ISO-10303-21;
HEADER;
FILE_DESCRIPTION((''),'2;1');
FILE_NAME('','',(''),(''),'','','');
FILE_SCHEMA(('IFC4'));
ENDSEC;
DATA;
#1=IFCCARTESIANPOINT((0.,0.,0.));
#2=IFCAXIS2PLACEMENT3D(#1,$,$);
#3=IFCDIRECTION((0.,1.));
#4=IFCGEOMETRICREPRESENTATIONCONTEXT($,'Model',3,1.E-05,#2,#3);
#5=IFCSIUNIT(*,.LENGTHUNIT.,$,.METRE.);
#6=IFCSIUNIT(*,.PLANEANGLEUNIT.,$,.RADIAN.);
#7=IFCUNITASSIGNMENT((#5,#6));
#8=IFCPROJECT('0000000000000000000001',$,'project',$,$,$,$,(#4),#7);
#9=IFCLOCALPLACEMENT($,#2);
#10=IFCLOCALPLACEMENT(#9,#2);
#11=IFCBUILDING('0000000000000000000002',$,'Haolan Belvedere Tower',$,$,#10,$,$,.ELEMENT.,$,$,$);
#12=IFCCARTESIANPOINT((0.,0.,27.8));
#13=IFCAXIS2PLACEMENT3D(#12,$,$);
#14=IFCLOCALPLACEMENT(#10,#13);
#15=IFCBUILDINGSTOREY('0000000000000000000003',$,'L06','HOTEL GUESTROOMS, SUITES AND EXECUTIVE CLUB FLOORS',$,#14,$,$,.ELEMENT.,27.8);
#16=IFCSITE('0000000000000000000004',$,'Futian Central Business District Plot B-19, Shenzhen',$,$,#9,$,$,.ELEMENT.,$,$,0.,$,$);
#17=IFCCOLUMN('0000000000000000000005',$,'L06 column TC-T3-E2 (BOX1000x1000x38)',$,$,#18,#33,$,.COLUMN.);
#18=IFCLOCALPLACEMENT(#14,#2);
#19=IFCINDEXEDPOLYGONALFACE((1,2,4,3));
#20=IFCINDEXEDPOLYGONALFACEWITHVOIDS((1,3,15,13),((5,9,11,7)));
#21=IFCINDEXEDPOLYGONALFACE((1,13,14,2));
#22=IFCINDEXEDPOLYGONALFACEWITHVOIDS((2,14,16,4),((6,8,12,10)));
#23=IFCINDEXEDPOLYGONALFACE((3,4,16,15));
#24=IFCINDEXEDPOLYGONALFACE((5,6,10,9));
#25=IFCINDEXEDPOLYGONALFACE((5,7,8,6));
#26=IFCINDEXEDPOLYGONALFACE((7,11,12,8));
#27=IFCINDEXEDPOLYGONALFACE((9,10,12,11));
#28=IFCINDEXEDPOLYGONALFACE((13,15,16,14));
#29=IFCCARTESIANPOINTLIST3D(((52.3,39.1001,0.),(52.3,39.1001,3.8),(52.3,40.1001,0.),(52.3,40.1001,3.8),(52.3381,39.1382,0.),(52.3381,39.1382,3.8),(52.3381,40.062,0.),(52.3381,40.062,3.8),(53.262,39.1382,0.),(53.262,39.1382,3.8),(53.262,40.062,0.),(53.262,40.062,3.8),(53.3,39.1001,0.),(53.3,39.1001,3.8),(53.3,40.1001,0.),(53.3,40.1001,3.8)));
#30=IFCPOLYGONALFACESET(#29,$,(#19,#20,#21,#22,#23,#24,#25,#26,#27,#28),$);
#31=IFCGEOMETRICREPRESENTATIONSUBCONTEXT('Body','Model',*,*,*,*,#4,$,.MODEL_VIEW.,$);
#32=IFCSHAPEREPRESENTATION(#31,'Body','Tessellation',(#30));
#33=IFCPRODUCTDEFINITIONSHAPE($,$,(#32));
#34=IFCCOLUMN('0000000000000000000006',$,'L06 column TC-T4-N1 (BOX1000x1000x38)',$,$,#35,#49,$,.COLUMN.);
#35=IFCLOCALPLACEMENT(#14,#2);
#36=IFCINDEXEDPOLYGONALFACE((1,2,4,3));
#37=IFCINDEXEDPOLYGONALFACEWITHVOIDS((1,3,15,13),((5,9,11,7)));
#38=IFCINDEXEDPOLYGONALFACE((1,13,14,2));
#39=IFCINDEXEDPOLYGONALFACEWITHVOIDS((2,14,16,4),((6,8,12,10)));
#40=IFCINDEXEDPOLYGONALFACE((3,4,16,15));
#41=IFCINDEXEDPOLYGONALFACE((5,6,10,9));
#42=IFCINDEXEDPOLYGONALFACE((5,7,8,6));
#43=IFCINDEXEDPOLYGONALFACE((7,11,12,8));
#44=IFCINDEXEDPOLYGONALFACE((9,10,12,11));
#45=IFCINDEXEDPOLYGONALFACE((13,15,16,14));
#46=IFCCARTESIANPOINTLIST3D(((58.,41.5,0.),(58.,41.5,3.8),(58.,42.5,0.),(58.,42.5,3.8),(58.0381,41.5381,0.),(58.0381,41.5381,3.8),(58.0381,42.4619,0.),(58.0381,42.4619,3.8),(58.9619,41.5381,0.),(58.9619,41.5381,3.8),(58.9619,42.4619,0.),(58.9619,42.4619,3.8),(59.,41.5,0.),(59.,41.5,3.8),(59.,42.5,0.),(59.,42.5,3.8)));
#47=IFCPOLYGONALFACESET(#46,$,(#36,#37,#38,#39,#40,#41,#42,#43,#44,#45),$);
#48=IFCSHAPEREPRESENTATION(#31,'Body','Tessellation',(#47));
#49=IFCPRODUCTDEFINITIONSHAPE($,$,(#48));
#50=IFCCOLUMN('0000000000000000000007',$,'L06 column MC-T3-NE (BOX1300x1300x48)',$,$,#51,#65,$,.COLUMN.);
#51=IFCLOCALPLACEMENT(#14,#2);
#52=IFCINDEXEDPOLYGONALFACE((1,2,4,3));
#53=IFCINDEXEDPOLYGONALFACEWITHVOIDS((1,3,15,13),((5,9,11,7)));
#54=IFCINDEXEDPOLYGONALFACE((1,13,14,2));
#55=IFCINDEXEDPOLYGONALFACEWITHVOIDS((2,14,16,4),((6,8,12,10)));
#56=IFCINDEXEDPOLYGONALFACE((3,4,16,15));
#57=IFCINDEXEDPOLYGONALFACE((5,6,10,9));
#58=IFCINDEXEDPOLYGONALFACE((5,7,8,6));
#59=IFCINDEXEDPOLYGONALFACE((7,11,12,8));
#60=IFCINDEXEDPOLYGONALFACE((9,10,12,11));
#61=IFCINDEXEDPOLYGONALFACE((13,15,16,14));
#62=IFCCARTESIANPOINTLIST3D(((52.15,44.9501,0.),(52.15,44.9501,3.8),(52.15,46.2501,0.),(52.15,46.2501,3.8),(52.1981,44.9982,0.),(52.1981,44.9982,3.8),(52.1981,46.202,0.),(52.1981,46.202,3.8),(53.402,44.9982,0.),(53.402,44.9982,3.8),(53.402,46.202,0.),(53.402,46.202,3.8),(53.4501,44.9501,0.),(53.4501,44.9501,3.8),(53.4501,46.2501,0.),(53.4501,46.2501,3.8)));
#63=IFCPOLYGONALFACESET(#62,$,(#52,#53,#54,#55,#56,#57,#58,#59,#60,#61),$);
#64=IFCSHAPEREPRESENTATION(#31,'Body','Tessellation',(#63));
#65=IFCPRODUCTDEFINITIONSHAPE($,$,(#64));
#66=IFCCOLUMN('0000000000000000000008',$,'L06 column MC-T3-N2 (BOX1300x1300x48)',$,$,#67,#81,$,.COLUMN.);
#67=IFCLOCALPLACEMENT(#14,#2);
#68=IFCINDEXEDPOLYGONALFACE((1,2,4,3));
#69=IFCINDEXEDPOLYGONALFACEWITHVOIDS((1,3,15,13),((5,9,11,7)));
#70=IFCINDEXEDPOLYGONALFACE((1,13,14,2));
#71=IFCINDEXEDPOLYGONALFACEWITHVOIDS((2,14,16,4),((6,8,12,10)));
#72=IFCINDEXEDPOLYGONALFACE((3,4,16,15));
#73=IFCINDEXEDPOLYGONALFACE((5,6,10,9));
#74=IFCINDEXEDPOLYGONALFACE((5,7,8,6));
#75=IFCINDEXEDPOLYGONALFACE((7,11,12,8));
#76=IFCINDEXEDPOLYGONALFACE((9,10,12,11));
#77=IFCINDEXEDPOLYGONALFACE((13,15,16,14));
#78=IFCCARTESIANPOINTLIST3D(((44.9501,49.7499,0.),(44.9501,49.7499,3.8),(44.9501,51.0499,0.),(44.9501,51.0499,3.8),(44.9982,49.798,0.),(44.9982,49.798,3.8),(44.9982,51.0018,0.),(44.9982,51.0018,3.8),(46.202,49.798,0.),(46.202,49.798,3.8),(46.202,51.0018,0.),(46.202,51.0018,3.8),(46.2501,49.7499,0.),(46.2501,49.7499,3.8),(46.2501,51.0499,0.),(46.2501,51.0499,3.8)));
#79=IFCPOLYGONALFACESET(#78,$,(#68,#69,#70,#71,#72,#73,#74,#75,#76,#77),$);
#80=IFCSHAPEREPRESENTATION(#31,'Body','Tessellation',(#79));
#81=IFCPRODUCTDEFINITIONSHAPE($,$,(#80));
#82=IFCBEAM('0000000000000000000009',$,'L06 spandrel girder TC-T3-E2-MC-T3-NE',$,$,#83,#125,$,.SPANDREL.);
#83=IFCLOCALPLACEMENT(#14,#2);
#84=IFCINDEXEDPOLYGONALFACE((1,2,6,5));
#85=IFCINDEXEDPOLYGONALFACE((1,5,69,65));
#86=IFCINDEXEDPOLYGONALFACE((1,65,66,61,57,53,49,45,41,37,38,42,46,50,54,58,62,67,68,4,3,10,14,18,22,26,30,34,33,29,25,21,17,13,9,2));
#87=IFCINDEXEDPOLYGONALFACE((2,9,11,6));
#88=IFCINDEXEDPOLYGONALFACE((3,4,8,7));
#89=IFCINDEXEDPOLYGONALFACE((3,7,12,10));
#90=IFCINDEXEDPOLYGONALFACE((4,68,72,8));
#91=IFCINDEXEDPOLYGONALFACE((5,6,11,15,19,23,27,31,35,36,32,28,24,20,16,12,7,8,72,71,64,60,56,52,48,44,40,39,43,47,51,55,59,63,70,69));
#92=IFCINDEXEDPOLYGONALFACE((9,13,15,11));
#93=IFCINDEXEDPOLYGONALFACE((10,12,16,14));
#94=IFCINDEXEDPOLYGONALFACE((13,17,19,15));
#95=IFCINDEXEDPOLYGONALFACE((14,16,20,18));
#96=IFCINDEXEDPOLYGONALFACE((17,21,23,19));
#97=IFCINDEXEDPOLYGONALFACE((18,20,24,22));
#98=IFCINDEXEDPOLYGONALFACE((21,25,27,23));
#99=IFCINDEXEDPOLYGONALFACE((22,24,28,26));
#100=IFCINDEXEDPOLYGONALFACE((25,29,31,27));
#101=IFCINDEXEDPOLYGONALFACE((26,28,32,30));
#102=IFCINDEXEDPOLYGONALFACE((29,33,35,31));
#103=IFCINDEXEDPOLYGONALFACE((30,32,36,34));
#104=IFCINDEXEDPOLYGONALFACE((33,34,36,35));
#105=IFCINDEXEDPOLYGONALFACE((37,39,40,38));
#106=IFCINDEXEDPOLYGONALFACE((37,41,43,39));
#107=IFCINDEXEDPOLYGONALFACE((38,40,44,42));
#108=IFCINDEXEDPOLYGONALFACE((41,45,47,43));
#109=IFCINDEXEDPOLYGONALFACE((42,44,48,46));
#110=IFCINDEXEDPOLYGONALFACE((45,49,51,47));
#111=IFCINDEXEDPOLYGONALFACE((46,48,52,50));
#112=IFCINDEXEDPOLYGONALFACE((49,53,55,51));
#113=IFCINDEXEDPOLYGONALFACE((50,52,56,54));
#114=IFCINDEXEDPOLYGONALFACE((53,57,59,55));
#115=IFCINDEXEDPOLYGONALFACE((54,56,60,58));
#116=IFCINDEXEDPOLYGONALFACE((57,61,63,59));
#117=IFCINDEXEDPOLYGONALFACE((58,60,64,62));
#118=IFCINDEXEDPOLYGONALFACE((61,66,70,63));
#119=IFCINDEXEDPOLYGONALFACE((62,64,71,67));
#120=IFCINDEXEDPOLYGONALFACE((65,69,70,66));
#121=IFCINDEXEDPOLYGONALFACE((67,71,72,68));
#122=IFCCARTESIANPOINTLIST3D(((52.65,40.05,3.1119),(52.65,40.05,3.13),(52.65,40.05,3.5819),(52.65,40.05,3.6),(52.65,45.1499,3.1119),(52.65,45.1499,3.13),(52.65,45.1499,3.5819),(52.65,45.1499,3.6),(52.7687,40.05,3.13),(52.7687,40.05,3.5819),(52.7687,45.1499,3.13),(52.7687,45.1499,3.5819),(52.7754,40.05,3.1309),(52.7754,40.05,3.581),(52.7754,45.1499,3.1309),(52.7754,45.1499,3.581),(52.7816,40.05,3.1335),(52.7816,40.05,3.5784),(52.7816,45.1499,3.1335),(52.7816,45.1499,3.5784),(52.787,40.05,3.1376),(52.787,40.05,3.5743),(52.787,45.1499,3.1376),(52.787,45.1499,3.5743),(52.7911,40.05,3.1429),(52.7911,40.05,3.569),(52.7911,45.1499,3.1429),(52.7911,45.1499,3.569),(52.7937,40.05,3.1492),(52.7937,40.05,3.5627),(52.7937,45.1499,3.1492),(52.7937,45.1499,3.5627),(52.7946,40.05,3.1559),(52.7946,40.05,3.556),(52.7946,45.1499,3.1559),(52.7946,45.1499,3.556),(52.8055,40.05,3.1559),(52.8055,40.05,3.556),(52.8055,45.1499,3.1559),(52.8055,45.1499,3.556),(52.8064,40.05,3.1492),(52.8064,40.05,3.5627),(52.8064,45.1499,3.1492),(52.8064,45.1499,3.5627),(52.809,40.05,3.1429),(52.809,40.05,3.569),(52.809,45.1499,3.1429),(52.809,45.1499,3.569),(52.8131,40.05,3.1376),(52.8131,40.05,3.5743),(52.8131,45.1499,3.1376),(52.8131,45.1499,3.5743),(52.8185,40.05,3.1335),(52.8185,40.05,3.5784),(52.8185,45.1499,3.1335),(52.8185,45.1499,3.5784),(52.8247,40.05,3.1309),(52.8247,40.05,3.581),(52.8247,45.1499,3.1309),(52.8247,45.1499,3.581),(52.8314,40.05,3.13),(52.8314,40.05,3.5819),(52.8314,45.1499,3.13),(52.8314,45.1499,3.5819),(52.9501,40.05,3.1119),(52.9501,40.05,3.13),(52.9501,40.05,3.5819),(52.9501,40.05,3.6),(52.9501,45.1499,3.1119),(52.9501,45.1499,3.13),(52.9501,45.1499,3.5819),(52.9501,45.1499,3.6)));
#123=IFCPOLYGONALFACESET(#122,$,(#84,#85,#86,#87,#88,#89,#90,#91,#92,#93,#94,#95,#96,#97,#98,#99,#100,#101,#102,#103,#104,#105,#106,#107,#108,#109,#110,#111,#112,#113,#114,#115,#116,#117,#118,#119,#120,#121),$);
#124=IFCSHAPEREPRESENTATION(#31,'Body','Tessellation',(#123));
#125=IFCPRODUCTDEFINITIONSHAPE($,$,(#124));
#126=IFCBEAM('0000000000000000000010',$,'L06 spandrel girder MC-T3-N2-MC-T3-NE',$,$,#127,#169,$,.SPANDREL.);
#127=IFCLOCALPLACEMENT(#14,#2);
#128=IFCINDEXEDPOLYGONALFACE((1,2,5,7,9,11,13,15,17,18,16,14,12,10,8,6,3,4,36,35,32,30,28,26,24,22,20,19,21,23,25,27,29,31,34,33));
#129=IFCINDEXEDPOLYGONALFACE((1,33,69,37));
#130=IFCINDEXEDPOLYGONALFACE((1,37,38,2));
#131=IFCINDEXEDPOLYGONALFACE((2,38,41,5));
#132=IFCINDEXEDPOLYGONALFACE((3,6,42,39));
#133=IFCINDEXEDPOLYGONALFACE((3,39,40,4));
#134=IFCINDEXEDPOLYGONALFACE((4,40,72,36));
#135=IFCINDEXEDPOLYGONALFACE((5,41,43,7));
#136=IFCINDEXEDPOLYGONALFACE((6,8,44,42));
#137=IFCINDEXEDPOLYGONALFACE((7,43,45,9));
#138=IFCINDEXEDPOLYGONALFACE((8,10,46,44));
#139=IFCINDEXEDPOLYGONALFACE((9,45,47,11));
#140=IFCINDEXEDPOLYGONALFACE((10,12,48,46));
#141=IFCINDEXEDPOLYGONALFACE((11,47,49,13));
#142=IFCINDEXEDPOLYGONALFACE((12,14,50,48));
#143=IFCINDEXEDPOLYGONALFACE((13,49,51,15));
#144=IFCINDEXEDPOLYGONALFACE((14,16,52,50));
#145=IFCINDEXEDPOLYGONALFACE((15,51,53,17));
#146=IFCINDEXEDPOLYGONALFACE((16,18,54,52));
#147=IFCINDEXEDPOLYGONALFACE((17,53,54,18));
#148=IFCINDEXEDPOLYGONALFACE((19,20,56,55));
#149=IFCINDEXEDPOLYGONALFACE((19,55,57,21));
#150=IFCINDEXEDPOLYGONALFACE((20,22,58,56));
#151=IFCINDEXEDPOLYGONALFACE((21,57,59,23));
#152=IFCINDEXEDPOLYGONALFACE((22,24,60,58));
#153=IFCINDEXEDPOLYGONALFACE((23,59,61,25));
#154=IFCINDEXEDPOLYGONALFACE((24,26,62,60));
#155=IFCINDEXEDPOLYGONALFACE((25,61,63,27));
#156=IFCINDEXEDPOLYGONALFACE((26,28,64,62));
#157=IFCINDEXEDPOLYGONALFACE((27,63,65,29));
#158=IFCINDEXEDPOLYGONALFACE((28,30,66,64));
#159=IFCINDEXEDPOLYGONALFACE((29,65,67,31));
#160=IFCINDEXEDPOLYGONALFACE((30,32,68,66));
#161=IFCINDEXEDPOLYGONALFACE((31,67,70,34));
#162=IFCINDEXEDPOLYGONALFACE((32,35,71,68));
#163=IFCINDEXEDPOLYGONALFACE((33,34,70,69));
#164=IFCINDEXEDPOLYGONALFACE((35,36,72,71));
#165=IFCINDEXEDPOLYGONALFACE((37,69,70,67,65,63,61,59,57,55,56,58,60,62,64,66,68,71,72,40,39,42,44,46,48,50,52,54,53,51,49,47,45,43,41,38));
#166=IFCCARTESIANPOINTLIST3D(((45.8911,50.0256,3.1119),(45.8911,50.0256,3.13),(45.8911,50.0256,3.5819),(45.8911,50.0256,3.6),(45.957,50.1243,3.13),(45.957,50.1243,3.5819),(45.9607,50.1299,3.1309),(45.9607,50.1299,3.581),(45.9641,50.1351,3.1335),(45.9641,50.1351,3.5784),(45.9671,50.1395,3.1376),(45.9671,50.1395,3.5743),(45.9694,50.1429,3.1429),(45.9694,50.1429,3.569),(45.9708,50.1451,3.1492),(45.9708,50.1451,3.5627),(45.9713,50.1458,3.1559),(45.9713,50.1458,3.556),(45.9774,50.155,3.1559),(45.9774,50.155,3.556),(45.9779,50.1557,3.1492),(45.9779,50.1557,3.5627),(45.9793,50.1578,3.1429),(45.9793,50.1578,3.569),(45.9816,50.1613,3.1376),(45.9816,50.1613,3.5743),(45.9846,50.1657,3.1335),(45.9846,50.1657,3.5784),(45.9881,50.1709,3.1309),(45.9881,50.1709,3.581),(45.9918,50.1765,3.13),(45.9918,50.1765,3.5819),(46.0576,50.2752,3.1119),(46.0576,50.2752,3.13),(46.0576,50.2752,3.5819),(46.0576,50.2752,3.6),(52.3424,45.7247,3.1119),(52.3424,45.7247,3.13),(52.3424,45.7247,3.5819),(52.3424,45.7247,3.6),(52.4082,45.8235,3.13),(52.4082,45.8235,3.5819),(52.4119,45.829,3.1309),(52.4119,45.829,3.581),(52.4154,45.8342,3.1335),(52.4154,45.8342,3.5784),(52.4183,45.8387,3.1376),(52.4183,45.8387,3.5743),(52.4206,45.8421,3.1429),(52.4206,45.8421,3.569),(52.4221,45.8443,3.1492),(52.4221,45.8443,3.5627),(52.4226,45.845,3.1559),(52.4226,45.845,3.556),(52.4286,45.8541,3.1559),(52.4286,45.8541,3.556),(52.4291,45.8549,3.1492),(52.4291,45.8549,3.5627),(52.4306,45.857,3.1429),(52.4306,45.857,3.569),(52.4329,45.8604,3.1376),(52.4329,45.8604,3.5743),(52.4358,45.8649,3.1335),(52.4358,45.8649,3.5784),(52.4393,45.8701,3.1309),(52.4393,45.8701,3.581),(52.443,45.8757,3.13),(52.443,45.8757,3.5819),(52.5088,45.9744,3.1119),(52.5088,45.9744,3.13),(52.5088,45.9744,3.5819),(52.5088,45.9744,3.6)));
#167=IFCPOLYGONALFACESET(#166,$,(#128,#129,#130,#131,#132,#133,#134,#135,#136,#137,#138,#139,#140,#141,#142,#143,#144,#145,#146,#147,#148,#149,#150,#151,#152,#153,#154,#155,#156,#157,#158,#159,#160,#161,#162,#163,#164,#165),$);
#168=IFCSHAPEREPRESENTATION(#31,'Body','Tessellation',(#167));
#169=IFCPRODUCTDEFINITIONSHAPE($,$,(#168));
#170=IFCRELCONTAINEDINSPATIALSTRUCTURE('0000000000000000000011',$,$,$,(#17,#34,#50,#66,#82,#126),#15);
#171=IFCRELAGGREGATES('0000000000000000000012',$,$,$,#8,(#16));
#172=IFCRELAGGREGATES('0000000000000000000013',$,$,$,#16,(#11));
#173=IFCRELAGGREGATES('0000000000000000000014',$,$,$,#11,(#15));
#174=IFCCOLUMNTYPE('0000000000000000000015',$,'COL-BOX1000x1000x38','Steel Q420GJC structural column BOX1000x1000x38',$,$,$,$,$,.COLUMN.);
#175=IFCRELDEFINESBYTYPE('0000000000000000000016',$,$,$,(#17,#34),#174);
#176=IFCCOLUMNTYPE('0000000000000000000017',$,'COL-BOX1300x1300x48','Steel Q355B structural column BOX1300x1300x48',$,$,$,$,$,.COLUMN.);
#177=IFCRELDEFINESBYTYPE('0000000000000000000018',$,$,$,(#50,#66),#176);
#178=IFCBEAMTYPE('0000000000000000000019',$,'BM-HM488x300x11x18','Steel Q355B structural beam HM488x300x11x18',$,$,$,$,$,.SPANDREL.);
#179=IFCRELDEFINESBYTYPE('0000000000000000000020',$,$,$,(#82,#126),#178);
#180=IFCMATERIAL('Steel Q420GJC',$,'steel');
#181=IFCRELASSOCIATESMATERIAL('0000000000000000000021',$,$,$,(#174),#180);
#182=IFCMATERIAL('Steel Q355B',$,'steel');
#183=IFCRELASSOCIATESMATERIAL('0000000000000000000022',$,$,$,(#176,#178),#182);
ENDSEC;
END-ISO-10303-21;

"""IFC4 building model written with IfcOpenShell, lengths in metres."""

from ifc_helpers import new_model, si_unit, direction, frame, origin, origin_2d, place, context, subcontext, project, spatial, hollow_rectangle, i_section, extrude, material, material_profile, profile_set, type_object, element, save


model = new_model("IFC4")

# Units and contexts
model_context = context("Model", 3, precision=1e-05, world=origin(), true_north=direction((0.0, 1.0)))
body_context = subcontext(model_context, "Body", "Model", "MODEL_VIEW")
ifc_project = project(units=[si_unit("LENGTHUNIT", "METRE"), si_unit("PLANEANGLEUNIT", "RADIAN")], contexts=[model_context])

# Site, building, storey
site_placement = place(None, origin())
site = spatial("IfcSite", under=ifc_project, at=site_placement, Name="Futian Central Business District Plot B-19, Shenzhen", CompositionType="ELEMENT", RefElevation=0.0)
building_placement = place(site_placement, origin())
building = spatial("IfcBuilding", under=site, at=building_placement, Name="Haolan Belvedere Tower", CompositionType="ELEMENT")
storey_placement = place(building_placement, frame((0.0, 0.0, 27.8)))
storey = spatial("IfcBuildingStorey", under=building, at=storey_placement, Name="L06", Description="HOTEL GUESTROOMS, SUITES AND EXECUTIVE CLUB FLOORS", CompositionType="ELEMENT", Elevation=27.8)

# Columns
ifc_material_1 = material(Name="Steel Q420GJC", Category="steel")
ifc_material_profile_1 = material_profile(ifc_material_1, hollow_rectangle(XDim=1.0, YDim=1.0, WallThickness=0.0381, at=origin_2d()), Name="Steel Q420GJC")
ifc_profile_set_1 = profile_set([ifc_material_profile_1], Name="Steel Q420GJC")
column_type_1 = type_object("IfcColumnType", Name="COL-BOX1000x1000x38", Description="Steel Q420GJC structural column BOX1000x1000x38", PredefinedType="COLUMN", material=ifc_profile_set_1)
for number, where, z_axis, x_axis, name in (
    (1, (52.8, 39.6001, 0.0), (0.0, 0.0, 1.0), (1.0, 0.0, 0.0), "L06 column TC-T3-E2 (BOX1000x1000x38)"),
    (2, (58.5, 42.0, 0.0), (0.0, 0.0, 1.0), (1.0, 0.0, 0.0), "L06 column TC-T4-N1 (BOX1000x1000x38)"),
):
    element("IfcColumn", number, at=place(storey_placement, frame(where, z_axis=z_axis, x_axis=x_axis)), inside=storey, type_object=column_type_1, Name=name, PredefinedType="COLUMN", context=body_context, shape_type="SweptSolid", body=[
        extrude(hollow_rectangle(XDim=1.0, YDim=1.0, WallThickness=0.0381, at=origin_2d()), origin(), (0.0, 0.0, 1.0), 3.8),
    ])
ifc_material_2 = material(Name="Steel Q355B", Category="steel")
ifc_material_profile_2 = material_profile(ifc_material_2, hollow_rectangle(XDim=1.3, YDim=1.3, WallThickness=0.0481, at=origin_2d()), Name="Steel Q355B")
ifc_profile_set_2 = profile_set([ifc_material_profile_2], Name="Steel Q355B")
column_type_2 = type_object("IfcColumnType", Name="COL-BOX1300x1300x48", Description="Steel Q355B structural column BOX1300x1300x48", PredefinedType="COLUMN", material=ifc_profile_set_2)
for number, where, z_axis, x_axis, name in (
    (3, (52.8, 45.6001, 0.0), (0.0, 0.0, 1.0), (1.0, 0.0, 0.0), "L06 column MC-T3-NE (BOX1300x1300x48)"),
    (4, (45.6001, 50.3999, 0.0), (0.0, 0.0, 1.0), (1.0, 0.0, 0.0), "L06 column MC-T3-N2 (BOX1300x1300x48)"),
):
    element("IfcColumn", number, at=place(storey_placement, frame(where, z_axis=z_axis, x_axis=x_axis)), inside=storey, type_object=column_type_2, Name=name, PredefinedType="COLUMN", context=body_context, shape_type="SweptSolid", body=[
        extrude(hollow_rectangle(XDim=1.3, YDim=1.3, WallThickness=0.0481, at=origin_2d()), origin(), (0.0, 0.0, 1.0), 3.8),
    ])

# Beams
ifc_material_profile_3 = material_profile(ifc_material_2, i_section(OverallWidth=0.3, OverallDepth=0.488, WebThickness=0.011, FlangeThickness=0.0181, FilletRadius=0.0259, at=origin_2d()), Name="Steel Q355B")
ifc_profile_set_3 = profile_set([ifc_material_profile_3], Name="Steel Q355B")
beam_type_1 = type_object("IfcBeamType", Name="BM-HM488x300x11x18", Description="Steel Q355B structural beam HM488x300x11x18", PredefinedType="SPANDREL", material=ifc_profile_set_3)
beam_1_placement = place(storey_placement, frame((52.8, 40.05, 3.356), z_axis=(0.0, 1.0, 0.0), x_axis=(-1.0, 0.0, 0.0)))
element("IfcBeam", 5, at=beam_1_placement, inside=storey, type_object=beam_type_1, Name="L06 spandrel girder TC-T3-E2-MC-T3-NE", PredefinedType="SPANDREL", context=body_context, shape_type="SweptSolid", body=[
    extrude(i_section(OverallWidth=0.3, OverallDepth=0.488, WebThickness=0.011, FlangeThickness=0.0181, FilletRadius=0.0259, at=origin_2d()), origin(), (0.0, 0.0, 1.0), 5.0999),
])
beam_2_placement = place(storey_placement, frame((45.9744, 50.1504, 3.356), z_axis=(0.83205, -0.5547, 0.0), x_axis=(0.5547, 0.83205, 0.0)))
element("IfcBeam", 6, at=beam_2_placement, inside=storey, type_object=beam_type_1, Name="L06 spandrel girder MC-T3-N2-MC-T3-NE", PredefinedType="SPANDREL", context=body_context, shape_type="SweptSolid", body=[
    extrude(i_section(OverallWidth=0.3, OverallDepth=0.488, WebThickness=0.011, FlangeThickness=0.0181, FilletRadius=0.0259, at=origin_2d()), origin(), (0.0, 0.0, 1.0), 7.7534),
])

save(model, "model.ifc")
